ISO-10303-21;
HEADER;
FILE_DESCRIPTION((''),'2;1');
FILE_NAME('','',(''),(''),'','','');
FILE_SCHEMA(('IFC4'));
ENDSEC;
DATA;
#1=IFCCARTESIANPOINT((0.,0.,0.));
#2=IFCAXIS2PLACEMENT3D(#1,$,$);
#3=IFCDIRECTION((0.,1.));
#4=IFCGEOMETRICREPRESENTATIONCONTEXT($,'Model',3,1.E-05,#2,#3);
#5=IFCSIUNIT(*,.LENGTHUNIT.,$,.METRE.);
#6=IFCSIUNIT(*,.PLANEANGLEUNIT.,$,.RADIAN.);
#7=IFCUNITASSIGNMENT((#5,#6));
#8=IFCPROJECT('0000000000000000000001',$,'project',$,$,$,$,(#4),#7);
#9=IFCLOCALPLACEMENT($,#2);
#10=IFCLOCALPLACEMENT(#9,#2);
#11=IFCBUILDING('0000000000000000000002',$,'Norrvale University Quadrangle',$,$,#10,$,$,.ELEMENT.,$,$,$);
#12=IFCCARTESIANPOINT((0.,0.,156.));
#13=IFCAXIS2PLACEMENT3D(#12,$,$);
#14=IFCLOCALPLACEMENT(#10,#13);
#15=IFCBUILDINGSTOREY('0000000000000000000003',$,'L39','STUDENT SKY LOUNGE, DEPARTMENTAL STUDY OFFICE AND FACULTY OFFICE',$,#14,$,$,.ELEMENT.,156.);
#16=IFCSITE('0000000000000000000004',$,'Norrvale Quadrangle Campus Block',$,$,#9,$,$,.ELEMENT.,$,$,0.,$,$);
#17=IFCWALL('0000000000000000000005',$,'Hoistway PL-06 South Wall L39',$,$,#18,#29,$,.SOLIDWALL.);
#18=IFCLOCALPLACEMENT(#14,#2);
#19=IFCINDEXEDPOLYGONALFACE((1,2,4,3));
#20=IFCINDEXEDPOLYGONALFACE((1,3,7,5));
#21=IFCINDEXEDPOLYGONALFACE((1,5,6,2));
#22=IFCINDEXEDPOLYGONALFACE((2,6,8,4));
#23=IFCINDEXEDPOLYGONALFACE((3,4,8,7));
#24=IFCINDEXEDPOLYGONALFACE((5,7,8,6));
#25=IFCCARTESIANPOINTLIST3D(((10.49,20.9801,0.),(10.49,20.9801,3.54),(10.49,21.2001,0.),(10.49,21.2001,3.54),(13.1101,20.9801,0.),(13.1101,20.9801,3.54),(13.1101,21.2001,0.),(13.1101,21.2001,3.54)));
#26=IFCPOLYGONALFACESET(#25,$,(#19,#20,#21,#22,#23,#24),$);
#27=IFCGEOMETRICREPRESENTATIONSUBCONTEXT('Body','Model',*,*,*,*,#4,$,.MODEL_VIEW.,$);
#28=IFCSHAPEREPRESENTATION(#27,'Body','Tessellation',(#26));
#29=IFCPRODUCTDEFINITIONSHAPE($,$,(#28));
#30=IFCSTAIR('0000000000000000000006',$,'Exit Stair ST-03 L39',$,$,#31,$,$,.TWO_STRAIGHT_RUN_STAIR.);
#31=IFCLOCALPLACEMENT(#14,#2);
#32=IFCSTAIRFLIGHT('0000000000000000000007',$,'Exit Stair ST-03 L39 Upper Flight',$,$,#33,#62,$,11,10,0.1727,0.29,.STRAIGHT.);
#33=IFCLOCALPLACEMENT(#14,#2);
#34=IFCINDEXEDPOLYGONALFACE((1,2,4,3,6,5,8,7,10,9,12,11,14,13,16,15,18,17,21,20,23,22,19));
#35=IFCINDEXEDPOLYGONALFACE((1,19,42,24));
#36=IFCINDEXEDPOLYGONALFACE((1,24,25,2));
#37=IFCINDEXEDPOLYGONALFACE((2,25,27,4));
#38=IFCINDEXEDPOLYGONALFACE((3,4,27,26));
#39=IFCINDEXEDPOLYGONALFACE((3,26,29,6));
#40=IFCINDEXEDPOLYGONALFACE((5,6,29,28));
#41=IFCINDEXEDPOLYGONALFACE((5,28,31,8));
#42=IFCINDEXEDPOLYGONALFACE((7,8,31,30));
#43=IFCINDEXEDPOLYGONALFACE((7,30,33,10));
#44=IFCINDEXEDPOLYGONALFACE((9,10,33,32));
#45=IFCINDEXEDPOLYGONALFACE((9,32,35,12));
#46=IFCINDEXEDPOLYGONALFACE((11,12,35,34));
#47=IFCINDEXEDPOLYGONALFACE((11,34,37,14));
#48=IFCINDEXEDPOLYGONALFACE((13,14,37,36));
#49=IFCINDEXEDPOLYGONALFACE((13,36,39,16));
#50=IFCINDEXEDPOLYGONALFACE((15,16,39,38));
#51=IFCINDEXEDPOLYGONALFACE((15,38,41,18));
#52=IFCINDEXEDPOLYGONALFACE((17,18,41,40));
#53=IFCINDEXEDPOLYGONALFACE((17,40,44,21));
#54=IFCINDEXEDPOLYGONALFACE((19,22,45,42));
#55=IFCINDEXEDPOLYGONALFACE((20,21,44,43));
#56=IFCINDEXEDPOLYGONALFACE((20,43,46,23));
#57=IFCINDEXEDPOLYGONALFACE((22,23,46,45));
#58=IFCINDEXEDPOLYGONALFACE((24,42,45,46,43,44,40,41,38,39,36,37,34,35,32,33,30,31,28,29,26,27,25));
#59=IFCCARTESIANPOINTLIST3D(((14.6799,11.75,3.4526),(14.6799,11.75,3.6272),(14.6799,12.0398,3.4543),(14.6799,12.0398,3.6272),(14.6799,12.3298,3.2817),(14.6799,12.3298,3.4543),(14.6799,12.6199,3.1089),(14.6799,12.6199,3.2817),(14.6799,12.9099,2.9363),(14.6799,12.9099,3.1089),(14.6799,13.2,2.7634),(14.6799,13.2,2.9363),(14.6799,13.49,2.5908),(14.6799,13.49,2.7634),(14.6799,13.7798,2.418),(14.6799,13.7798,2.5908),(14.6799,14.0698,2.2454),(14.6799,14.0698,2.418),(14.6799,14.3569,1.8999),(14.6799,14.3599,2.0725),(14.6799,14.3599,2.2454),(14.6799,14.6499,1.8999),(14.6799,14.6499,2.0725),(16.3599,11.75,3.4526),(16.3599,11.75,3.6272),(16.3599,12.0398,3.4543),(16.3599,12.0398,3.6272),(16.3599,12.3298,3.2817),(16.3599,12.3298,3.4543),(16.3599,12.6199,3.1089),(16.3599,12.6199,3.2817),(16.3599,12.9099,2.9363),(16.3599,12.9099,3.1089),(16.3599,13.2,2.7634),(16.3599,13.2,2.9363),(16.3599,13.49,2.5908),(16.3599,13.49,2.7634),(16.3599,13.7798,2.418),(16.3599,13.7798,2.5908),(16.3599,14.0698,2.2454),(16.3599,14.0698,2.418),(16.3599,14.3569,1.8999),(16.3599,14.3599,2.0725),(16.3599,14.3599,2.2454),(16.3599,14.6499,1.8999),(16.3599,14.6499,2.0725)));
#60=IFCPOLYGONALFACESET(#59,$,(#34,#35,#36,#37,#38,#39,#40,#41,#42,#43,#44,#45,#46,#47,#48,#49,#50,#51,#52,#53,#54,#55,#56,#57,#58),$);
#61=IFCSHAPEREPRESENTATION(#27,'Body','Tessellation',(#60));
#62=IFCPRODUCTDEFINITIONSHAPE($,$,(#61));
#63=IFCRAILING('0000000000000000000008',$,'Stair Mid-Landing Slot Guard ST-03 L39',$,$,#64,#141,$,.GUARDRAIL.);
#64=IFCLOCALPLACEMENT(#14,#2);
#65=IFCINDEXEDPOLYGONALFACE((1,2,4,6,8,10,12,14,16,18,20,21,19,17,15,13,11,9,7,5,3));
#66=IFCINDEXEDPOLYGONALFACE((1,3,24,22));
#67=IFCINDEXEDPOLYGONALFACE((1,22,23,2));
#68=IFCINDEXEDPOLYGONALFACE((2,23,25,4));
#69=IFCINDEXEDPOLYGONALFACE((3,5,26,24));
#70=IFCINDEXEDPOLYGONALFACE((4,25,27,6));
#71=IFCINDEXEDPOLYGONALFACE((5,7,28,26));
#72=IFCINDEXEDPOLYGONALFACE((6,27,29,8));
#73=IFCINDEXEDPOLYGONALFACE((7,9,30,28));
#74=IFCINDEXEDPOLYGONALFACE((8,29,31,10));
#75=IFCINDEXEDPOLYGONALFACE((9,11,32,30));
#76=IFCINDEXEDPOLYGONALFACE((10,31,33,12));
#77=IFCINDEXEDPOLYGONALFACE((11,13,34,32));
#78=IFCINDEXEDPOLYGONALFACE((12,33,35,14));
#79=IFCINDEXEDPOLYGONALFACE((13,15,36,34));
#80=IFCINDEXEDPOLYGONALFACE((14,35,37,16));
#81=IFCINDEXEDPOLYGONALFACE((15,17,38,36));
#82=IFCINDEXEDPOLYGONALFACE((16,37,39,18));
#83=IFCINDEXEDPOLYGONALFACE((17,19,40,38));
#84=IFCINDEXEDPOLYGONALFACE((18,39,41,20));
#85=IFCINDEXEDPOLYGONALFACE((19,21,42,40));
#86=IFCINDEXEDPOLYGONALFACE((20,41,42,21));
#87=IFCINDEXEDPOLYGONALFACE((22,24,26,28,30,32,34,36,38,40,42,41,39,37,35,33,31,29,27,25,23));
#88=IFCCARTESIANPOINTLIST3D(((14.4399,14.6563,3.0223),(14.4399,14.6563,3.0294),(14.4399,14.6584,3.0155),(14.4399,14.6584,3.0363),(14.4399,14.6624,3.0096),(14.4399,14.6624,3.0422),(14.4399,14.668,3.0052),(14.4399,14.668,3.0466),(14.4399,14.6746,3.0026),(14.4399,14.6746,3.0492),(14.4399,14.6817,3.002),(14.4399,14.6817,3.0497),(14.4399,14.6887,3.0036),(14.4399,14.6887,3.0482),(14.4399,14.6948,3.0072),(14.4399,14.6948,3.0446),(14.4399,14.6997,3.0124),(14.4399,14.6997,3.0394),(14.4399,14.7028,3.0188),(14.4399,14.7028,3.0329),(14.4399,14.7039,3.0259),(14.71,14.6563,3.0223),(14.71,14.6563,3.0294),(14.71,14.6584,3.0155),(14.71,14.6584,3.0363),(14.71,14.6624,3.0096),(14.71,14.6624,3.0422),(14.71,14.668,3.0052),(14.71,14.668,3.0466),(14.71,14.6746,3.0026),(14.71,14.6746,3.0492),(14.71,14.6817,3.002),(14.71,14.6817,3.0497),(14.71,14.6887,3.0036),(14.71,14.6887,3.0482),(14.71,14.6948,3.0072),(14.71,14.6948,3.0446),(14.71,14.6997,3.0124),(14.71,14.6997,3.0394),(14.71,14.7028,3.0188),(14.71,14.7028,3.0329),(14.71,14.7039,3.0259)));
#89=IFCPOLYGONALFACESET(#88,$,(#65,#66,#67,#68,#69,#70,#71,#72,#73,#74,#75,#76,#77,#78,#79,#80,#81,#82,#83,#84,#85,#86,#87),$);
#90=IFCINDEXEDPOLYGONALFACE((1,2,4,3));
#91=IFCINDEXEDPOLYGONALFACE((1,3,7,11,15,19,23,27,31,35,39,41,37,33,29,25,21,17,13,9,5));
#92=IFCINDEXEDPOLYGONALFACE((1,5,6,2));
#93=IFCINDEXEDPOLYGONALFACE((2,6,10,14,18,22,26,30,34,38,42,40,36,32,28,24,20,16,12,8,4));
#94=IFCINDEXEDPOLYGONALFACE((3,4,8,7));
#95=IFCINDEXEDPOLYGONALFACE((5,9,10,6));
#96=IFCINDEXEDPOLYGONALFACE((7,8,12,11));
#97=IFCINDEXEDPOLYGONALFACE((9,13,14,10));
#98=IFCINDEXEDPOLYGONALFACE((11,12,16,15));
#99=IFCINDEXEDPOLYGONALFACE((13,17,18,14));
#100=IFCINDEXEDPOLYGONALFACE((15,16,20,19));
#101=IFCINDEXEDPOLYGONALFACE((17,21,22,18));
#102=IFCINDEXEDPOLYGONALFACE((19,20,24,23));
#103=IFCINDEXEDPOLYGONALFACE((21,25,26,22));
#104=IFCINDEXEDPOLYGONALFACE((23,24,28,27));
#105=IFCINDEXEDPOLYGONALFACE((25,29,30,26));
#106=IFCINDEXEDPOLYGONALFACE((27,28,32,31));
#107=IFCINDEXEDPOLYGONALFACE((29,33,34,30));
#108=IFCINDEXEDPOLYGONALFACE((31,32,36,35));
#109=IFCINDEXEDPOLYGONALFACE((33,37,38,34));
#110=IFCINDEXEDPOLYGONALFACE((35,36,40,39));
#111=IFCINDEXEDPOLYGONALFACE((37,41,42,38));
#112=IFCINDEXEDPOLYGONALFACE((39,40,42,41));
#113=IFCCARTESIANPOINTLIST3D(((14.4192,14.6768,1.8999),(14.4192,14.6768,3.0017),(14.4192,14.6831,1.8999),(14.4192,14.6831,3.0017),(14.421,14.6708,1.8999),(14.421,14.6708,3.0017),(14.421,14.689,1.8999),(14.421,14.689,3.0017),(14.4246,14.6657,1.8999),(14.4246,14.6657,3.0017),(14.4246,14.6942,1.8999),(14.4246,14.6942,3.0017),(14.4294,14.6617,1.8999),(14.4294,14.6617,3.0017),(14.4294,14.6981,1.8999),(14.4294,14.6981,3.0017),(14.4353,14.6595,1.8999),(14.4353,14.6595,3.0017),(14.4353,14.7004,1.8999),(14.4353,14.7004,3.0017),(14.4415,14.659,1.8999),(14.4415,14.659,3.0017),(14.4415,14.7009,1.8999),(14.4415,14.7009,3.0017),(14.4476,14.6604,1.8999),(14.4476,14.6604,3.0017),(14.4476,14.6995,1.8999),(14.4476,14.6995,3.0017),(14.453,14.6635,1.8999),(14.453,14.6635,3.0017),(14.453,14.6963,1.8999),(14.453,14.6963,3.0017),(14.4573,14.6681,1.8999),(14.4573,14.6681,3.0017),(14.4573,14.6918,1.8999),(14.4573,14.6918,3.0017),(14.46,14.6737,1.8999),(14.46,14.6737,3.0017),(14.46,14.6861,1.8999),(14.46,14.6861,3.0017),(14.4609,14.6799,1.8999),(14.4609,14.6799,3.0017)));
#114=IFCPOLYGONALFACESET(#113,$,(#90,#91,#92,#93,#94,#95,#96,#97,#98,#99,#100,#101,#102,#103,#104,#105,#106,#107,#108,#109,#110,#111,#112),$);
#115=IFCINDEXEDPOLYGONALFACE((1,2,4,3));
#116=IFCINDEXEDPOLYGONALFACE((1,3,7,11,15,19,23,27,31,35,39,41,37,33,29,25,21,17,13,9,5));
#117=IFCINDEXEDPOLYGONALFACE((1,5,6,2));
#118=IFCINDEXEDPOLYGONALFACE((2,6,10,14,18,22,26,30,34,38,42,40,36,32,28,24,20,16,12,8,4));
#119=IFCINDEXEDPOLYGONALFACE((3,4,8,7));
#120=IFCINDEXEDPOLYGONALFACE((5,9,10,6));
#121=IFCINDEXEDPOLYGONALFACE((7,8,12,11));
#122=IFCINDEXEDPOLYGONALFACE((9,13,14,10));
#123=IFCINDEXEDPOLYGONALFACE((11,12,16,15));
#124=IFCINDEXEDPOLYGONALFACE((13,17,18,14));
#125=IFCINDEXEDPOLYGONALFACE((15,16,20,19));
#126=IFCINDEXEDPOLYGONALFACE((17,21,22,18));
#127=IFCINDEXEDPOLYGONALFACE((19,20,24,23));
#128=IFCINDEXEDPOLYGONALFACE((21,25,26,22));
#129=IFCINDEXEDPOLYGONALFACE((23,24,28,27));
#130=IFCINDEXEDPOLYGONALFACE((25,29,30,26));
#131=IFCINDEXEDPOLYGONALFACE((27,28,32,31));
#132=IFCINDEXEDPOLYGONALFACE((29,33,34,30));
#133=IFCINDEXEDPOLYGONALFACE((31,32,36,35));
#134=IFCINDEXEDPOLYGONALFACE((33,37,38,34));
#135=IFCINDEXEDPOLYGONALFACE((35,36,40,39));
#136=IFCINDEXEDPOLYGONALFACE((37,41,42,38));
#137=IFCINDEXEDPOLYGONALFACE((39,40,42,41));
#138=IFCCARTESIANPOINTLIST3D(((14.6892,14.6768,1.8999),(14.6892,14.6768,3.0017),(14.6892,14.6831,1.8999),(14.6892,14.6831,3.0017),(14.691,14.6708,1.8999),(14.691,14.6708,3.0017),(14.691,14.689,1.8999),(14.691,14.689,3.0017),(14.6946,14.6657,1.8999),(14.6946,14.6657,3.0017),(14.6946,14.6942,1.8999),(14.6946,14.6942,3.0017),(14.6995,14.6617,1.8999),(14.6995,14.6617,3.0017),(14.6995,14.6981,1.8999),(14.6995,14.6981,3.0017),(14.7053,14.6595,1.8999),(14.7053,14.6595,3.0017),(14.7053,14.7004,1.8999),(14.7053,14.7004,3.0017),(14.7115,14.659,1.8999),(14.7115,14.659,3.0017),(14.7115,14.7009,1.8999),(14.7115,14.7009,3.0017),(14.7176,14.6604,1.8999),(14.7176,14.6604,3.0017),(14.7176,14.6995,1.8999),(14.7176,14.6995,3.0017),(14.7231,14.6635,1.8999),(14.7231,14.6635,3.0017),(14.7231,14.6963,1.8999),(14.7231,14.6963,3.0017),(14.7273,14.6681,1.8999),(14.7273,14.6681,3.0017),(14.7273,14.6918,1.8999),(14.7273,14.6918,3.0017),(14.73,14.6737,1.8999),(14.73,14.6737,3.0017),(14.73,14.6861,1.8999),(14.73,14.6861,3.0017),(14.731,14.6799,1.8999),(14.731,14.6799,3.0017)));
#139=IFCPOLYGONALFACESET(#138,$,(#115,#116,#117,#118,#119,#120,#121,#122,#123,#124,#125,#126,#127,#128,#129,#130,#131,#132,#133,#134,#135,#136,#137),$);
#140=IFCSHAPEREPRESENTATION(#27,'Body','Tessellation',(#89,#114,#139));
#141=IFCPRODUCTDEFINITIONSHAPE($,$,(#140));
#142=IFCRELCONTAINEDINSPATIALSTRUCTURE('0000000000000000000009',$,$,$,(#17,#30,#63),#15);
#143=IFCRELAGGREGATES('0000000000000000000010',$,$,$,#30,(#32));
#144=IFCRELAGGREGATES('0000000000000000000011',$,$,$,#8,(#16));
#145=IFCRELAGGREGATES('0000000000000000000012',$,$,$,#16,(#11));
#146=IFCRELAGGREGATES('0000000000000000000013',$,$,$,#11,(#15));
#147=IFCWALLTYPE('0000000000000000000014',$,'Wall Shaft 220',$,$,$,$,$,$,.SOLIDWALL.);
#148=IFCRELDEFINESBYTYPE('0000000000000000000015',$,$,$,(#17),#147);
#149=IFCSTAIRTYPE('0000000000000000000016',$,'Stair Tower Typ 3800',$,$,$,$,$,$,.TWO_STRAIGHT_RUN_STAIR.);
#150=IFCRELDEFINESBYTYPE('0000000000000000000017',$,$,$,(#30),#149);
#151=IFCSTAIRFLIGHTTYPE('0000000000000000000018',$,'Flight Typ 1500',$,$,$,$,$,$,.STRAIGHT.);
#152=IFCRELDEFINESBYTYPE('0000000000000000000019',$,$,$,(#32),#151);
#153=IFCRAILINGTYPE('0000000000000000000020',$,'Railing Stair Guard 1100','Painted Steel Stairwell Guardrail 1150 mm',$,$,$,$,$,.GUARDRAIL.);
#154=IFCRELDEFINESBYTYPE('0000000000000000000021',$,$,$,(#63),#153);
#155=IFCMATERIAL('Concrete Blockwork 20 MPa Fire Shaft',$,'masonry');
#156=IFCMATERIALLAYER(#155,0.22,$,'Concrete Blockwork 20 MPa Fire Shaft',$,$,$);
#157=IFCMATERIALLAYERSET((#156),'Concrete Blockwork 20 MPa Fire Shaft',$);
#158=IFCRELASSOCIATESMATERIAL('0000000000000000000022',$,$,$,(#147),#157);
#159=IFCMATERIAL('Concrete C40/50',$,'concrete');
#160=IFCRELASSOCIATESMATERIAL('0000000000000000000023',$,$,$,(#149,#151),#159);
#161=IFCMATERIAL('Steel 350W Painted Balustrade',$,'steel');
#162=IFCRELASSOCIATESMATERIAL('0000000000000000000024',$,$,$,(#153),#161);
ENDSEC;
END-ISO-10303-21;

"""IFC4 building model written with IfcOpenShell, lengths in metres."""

from ifc_helpers import new_model, si_unit, direction, frame, frame_2d, origin, origin_2d, place, context, subcontext, project, spatial, polyline, rectangle, circle, outline, extrude, material, layer, layer_set, type_object, element, aggregate, save


model = new_model("IFC4")

# Units and contexts
model_context = context("Model", 3, precision=1e-05, world=origin(), true_north=direction((0.0, 1.0)))
body_context = subcontext(model_context, "Body", "Model", "MODEL_VIEW")
ifc_project = project(units=[si_unit("LENGTHUNIT", "METRE"), si_unit("PLANEANGLEUNIT", "RADIAN")], contexts=[model_context])

# Site, building, storey
site_placement = place(None, origin())
site = spatial("IfcSite", under=ifc_project, at=site_placement, Name="Norrvale Quadrangle Campus Block", CompositionType="ELEMENT", RefElevation=0.0)
building_placement = place(site_placement, origin())
building = spatial("IfcBuilding", under=site, at=building_placement, Name="Norrvale University Quadrangle", CompositionType="ELEMENT")
storey_placement = place(building_placement, frame((0.0, 0.0, 156.0)))
storey = spatial("IfcBuildingStorey", under=building, at=storey_placement, Name="L39", Description="STUDENT SKY LOUNGE, DEPARTMENTAL STUDY OFFICE AND FACULTY OFFICE", CompositionType="ELEMENT", Elevation=156.0)

# Shared definitions
ifc_material_1 = material(Name="Concrete Blockwork 20 MPa Fire Shaft", Category="masonry")
ifc_layer_1 = layer(ifc_material_1, 0.22, Name="Concrete Blockwork 20 MPa Fire Shaft")
ifc_layer_set_1 = layer_set([ifc_layer_1], Name="Concrete Blockwork 20 MPa Fire Shaft")
wall_type_1 = type_object("IfcWallType", Name="Wall Shaft 220", PredefinedType="SOLIDWALL", material=ifc_layer_set_1)

# Wall
wall_1_placement = place(storey_placement, frame((10.49, 21.0901, 0.0), z_axis=(0.0, 0.0, 1.0), x_axis=(1.0, 0.0, 0.0)))
element("IfcWall", 1, at=wall_1_placement, inside=storey, type_object=wall_type_1, Name="Hoistway PL-06 South Wall L39", PredefinedType="SOLIDWALL", context=body_context, shape_type="SweptSolid", body=[
    extrude(rectangle(XDim=2.6201, YDim=0.22, at=frame_2d((1.3101, 0.0))), origin(), (0.0, 0.0, 1.0), 3.54),
])

# Stair, stair flight
ifc_material_2 = material(Name="Concrete C40/50", Category="concrete")
stair_type = type_object("IfcStairType", Name="Stair Tower Typ 3800", PredefinedType="TWO_STRAIGHT_RUN_STAIR", material=ifc_material_2)
stair_placement = place(storey_placement, origin())
stair = element("IfcStair", 2, at=stair_placement, inside=storey, type_object=stair_type, Name="Exit Stair ST-03 L39", PredefinedType="TWO_STRAIGHT_RUN_STAIR")
stair_flight_type = type_object("IfcStairFlightType", Name="Flight Typ 1500", PredefinedType="STRAIGHT", material=ifc_material_2)
stair_flight_placement = place(storey_placement, frame((15.52, 14.6499, 1.8999), z_axis=(0.0, 0.0, 1.0), x_axis=(0.0, -1.0, 0.0)))
stair_flight = element("IfcStairFlight", 3, at=stair_flight_placement, type_object=stair_flight_type, Name="Exit Stair ST-03 L39 Upper Flight", NumberOfRisers=11, NumberOfTreads=10, PredefinedType="STRAIGHT", RiserHeight=0.1727, TreadLength=0.29, context=body_context, shape_type="SweptSolid", body=[
    extrude(outline(polyline([(0.0, 0.0), (0.0, 0.1726), (0.29, 0.1726), (0.29, 0.3455), (0.5801, 0.3455), (0.5801, 0.5181), (0.8701, 0.5181), (0.8701, 0.6909), (1.1599, 0.6909), (1.1599, 0.8635), (1.45, 0.8635), (1.45, 1.0364), (1.74, 1.0364), (1.74, 1.209), (2.03, 1.209), (2.03, 1.3818), (2.3201, 1.3818), (2.3201, 1.5544), (2.6101, 1.5544), (2.6101, 1.7273), (2.8999, 1.7273), (2.8999, 1.8999), (2.8999, 1.5527), (0.293, 0.0), (0.0, 0.0)])), frame((0.0, 0.8398, 0.0), z_axis=(0.0, -1.0, 0.0), x_axis=(1.0, 0.0, 0.0)), (0.0, 0.0, 1.0), 1.6799),
])
aggregate(stair, [stair_flight])

# Railing
ifc_material_3 = material(Name="Steel 350W Painted Balustrade", Category="steel")
railing_type_1 = type_object("IfcRailingType", Name="Railing Stair Guard 1100", Description="Painted Steel Stairwell Guardrail 1150 mm", PredefinedType="GUARDRAIL", material=ifc_material_3)
railing_1_placement = place(storey_placement, frame((14.4399, 14.6799, 1.8999)))
element("IfcRailing", 4, at=railing_1_placement, inside=storey, type_object=railing_type_1, Name="Stair Mid-Landing Slot Guard ST-03 L39", PredefinedType="GUARDRAIL", context=body_context, shape_type="SweptSolid", body=[
    extrude(circle(Radius=0.0239, at=origin_2d()), frame((0.0, 0.0, 1.126), z_axis=(1.0, 0.0, 0.0), x_axis=(0.0, 1.0, 0.0)), (0.0, 0.0, 1.0), 0.27),
    extrude(circle(Radius=0.021, at=origin_2d()), origin(), (0.0, 0.0, 1.0), 1.1018),
    extrude(circle(Radius=0.021, at=origin_2d()), frame((0.27, 0.0, 0.0)), (0.0, 0.0, 1.0), 1.1018),
])

save(model, "model.ifc")
